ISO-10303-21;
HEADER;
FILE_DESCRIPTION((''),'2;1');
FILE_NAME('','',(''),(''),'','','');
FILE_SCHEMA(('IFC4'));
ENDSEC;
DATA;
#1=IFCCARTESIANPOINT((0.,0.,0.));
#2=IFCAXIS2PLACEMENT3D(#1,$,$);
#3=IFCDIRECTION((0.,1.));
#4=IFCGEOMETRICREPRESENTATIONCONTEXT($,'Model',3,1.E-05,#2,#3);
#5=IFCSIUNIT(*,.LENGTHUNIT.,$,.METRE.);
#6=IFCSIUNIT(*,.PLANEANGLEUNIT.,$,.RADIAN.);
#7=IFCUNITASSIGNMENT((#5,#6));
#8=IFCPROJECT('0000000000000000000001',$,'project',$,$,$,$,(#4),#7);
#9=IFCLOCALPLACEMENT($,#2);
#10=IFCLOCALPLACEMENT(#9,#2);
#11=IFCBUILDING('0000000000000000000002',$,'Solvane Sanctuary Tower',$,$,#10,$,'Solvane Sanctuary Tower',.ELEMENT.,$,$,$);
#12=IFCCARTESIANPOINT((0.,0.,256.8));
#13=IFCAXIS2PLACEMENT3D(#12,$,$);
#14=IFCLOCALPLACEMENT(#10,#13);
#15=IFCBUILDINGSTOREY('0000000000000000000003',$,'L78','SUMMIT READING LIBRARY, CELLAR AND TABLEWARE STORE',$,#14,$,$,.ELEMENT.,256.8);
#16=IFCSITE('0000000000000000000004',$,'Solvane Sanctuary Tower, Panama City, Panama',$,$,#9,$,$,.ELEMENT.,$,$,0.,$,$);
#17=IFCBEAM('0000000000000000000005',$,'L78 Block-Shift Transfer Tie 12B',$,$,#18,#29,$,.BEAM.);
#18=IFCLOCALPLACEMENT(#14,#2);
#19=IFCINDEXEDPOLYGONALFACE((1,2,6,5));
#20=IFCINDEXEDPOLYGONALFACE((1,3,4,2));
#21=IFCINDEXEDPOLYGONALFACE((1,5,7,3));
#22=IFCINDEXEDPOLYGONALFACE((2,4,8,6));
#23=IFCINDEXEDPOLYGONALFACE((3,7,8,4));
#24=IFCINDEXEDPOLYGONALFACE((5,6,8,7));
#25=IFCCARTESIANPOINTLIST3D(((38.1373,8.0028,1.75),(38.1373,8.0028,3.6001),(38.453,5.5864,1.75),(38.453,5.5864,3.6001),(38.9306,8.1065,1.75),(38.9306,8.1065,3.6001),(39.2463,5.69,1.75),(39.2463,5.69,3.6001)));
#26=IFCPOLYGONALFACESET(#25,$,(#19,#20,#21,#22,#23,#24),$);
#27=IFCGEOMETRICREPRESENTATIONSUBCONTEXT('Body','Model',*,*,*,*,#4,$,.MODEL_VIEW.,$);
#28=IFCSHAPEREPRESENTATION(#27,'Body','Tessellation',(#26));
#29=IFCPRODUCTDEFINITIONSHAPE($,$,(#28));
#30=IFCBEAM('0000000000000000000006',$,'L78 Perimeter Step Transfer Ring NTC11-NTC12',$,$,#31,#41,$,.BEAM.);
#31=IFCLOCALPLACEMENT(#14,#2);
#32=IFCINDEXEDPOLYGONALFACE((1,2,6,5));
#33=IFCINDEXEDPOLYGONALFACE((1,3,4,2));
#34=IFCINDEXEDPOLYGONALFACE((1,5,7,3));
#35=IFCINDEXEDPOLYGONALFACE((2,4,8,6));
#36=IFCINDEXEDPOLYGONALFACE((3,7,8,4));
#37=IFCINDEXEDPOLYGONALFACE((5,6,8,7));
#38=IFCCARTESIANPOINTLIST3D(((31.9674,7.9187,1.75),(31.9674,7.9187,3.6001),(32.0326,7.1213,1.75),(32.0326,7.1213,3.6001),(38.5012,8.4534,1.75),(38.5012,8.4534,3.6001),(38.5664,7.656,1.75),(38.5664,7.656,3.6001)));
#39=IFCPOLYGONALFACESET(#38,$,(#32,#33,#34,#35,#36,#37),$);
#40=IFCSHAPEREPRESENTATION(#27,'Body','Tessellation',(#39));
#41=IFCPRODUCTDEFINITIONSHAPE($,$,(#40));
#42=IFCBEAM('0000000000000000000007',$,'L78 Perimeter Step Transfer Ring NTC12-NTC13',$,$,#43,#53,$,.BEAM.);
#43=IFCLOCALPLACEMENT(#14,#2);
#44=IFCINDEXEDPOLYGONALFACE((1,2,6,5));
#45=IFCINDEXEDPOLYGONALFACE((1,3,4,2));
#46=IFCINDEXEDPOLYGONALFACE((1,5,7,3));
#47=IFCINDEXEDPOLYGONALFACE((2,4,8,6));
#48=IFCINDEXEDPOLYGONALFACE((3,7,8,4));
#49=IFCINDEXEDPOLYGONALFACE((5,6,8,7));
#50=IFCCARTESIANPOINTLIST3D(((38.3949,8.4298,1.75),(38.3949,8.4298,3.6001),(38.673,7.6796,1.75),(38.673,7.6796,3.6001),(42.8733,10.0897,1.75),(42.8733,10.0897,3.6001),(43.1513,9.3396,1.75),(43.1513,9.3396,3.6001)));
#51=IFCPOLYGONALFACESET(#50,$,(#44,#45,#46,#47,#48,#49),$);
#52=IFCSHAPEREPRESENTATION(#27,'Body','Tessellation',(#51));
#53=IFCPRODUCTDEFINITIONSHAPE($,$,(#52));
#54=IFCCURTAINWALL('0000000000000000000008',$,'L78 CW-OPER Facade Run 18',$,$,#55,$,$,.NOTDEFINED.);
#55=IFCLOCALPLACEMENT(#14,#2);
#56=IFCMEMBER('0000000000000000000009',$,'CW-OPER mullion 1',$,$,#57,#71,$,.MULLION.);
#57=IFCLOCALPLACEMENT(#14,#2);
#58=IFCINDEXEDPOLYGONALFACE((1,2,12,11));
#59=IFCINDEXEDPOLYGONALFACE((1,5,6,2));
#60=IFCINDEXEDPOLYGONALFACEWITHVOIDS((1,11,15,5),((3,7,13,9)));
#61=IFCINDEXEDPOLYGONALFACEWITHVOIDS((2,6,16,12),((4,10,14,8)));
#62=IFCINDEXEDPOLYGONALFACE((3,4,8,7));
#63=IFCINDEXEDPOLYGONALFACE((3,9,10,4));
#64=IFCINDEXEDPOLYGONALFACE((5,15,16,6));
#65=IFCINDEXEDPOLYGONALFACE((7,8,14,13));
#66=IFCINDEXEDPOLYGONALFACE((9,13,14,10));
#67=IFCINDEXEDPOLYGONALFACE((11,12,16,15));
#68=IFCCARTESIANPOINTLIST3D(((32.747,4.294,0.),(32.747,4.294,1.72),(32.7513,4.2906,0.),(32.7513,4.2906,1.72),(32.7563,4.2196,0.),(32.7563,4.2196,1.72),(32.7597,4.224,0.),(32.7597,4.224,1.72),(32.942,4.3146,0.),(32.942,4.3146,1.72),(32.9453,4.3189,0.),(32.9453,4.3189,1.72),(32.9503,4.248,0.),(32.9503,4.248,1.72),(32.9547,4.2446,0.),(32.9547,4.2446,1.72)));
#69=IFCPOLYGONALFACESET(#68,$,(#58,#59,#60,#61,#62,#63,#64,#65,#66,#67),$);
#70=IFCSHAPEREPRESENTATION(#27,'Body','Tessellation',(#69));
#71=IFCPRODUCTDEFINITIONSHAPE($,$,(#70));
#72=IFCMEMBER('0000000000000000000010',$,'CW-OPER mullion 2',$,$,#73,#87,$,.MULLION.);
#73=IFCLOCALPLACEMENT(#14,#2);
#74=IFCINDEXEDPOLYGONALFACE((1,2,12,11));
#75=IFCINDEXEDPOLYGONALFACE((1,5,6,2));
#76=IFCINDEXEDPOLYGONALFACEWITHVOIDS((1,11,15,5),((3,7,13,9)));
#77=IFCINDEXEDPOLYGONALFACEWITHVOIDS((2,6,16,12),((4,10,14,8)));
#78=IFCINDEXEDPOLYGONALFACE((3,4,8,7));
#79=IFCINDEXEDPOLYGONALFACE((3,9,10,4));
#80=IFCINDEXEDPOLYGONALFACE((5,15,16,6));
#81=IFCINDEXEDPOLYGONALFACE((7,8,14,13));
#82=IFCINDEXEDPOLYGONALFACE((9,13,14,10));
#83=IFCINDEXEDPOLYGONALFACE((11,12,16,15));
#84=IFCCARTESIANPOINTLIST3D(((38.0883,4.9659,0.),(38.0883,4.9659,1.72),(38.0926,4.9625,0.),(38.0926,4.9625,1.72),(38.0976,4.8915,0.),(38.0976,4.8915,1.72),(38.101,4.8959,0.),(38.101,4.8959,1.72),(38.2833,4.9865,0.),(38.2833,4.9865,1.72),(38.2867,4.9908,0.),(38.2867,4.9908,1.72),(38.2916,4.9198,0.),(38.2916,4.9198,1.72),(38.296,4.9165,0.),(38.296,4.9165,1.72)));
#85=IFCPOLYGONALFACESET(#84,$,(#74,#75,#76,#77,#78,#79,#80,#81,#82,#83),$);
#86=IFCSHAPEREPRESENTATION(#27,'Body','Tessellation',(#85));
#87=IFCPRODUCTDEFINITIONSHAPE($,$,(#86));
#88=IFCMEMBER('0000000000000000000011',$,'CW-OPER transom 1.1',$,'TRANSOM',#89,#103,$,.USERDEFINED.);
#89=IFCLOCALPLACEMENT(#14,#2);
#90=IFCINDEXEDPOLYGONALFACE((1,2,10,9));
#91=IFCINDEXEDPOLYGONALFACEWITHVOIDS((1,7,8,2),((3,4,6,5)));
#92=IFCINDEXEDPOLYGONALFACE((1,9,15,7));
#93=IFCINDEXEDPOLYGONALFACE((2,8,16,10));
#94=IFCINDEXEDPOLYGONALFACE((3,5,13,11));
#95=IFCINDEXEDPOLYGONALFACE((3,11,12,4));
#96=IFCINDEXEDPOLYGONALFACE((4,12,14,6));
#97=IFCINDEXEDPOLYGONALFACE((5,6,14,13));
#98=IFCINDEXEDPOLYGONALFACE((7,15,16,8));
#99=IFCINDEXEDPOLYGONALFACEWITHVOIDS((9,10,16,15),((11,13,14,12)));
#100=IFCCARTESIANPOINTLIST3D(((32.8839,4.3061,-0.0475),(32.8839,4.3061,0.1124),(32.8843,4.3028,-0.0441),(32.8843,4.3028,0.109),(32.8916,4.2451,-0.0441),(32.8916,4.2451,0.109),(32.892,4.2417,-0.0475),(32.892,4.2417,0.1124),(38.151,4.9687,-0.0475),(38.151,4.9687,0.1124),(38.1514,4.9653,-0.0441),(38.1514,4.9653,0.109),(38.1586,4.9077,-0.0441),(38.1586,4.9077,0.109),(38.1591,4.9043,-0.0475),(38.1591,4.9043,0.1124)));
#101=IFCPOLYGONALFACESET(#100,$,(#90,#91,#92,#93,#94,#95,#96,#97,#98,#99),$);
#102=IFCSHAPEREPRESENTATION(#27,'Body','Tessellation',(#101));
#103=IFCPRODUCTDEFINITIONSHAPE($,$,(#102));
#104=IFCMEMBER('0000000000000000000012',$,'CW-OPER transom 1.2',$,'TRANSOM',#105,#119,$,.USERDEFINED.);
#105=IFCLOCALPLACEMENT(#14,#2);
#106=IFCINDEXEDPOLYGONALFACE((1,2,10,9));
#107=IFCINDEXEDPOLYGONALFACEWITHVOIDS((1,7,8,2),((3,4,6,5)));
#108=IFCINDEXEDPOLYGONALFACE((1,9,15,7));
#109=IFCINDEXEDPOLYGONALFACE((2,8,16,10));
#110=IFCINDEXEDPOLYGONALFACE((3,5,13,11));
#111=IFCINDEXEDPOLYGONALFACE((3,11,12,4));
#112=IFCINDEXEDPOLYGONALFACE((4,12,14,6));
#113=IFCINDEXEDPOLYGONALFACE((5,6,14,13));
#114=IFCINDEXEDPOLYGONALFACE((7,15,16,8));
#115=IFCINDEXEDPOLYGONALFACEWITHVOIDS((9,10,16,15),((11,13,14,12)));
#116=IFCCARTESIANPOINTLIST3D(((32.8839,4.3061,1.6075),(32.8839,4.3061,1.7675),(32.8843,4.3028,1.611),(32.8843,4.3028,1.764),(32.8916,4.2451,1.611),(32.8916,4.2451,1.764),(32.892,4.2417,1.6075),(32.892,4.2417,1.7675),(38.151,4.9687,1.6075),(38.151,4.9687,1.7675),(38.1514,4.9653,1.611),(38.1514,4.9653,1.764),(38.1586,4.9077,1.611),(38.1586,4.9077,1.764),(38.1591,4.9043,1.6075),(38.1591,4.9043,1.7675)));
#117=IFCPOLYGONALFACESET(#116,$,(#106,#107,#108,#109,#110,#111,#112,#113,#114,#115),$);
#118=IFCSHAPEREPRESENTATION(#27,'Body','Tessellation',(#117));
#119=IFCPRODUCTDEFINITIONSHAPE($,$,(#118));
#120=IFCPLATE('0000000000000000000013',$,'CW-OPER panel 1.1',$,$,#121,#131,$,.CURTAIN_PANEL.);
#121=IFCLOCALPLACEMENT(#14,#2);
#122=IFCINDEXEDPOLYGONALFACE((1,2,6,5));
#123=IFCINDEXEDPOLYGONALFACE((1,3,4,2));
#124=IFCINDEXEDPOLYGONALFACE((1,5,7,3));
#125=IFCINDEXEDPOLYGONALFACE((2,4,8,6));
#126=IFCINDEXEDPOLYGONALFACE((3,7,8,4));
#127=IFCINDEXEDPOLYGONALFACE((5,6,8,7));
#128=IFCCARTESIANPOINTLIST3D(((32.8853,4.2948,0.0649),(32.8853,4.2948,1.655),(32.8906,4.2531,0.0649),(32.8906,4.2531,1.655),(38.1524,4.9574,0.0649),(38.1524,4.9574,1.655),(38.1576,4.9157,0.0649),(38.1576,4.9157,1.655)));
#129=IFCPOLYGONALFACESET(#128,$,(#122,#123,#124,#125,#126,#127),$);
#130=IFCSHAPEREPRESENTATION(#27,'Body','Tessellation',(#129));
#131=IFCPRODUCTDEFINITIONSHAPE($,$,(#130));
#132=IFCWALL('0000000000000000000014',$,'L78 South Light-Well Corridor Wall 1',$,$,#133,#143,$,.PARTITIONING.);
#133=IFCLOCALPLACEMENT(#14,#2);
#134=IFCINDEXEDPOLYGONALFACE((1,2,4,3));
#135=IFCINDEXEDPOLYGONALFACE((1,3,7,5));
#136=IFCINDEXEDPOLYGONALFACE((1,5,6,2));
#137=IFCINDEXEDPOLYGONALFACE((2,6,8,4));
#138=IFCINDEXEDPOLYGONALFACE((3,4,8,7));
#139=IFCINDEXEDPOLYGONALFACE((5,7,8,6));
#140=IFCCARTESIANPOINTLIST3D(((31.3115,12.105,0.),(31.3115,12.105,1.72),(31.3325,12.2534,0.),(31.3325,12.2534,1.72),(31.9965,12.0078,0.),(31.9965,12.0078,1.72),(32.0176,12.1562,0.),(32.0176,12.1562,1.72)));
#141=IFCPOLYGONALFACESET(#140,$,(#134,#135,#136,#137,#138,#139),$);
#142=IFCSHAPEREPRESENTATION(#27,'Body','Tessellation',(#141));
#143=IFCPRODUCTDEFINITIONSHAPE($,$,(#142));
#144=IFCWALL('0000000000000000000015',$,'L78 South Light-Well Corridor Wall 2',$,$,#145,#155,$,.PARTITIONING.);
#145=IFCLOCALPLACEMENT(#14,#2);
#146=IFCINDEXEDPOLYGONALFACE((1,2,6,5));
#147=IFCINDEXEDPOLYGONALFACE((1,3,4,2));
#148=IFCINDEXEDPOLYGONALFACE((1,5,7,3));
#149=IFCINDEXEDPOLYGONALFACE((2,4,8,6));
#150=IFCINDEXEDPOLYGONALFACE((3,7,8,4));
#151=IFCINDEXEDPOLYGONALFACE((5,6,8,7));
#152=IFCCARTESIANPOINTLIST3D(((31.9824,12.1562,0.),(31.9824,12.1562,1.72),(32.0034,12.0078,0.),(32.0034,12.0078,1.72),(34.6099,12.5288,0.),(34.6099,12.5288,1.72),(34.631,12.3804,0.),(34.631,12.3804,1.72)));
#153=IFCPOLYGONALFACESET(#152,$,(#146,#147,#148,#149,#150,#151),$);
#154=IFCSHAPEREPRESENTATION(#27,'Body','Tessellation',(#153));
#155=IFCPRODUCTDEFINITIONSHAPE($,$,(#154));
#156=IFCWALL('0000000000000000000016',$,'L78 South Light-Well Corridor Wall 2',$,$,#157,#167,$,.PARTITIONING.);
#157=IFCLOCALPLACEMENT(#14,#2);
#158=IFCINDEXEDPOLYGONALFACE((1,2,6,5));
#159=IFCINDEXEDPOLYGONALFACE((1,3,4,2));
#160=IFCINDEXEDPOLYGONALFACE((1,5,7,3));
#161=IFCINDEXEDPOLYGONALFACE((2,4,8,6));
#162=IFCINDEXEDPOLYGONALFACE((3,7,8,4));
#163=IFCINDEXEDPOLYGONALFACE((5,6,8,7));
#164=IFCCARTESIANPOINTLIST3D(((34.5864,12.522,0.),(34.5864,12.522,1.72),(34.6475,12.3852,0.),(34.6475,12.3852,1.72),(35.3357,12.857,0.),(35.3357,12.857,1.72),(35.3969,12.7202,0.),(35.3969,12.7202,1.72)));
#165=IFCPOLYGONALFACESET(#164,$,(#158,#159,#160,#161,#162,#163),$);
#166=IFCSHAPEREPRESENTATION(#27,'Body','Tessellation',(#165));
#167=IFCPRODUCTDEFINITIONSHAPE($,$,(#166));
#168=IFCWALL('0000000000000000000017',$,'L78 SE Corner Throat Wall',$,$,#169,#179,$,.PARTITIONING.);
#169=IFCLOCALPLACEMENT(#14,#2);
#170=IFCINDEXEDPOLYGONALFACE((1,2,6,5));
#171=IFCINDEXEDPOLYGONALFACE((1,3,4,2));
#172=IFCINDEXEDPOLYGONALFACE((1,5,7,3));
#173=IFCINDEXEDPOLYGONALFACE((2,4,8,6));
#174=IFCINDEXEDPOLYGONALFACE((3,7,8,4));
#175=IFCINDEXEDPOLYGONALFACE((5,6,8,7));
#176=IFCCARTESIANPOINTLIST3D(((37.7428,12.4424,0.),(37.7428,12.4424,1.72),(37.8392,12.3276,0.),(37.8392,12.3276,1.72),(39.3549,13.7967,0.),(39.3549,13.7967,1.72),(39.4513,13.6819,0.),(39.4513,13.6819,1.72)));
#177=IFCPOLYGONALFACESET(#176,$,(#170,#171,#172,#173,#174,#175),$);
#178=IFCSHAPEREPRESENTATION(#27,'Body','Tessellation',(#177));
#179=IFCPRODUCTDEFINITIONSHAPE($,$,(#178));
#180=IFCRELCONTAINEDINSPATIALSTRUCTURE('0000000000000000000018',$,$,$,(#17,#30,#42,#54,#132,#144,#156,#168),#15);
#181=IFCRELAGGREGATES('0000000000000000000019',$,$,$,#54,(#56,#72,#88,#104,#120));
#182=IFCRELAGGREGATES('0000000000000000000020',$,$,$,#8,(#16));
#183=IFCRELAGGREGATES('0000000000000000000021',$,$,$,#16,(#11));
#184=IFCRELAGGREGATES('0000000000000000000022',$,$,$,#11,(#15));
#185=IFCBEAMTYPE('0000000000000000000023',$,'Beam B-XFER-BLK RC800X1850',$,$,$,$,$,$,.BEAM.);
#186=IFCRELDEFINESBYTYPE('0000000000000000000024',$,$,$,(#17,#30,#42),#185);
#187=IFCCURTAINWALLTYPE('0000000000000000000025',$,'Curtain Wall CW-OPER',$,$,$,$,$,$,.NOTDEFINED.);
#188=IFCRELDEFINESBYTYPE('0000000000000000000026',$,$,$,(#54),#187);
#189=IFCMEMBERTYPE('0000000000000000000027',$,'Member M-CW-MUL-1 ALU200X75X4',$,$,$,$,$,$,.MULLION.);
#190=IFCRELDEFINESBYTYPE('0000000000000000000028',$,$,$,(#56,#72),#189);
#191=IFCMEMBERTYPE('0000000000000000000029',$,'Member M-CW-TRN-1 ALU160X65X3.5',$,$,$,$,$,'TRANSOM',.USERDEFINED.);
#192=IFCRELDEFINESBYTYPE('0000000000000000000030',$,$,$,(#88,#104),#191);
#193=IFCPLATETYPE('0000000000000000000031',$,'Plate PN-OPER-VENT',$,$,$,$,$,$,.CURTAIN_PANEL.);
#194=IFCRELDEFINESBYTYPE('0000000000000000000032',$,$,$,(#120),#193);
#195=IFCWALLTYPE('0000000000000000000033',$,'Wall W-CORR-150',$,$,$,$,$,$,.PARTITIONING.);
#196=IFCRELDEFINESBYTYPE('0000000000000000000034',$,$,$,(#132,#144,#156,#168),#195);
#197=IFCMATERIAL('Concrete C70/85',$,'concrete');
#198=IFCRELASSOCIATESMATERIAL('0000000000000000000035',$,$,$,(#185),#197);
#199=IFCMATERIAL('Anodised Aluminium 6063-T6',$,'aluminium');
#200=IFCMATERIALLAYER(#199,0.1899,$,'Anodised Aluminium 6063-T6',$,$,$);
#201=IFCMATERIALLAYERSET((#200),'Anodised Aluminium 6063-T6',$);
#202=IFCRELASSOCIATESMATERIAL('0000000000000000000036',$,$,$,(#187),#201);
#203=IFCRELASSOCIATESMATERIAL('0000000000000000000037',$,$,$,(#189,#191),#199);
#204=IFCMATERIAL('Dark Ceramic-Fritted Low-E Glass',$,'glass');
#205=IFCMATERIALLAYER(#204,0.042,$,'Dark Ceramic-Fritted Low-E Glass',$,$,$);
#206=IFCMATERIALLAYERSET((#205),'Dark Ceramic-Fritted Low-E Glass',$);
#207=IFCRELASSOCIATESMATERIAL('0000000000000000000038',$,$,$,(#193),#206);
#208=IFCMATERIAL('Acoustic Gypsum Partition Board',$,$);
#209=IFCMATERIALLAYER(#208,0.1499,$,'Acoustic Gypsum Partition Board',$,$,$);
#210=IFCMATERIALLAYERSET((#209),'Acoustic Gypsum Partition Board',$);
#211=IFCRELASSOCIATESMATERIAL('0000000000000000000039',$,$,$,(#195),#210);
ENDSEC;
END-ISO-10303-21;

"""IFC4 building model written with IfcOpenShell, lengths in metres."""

from ifc_helpers import new_model, si_unit, direction, frame, frame_2d, origin, origin_2d, place, context, subcontext, project, spatial, rectangle, hollow_rectangle, extrude, material, layer, layer_set, material_profile, profile_set, type_object, element, aggregate, save


model = new_model("IFC4")

# Units and contexts
model_context = context("Model", 3, precision=1e-05, world=origin(), true_north=direction((0.0, 1.0)))
body_context = subcontext(model_context, "Body", "Model", "MODEL_VIEW")
ifc_project = project(units=[si_unit("LENGTHUNIT", "METRE"), si_unit("PLANEANGLEUNIT", "RADIAN")], contexts=[model_context])

# Site, building, storey
site_placement = place(None, origin())
site = spatial("IfcSite", under=ifc_project, at=site_placement, Name="Solvane Sanctuary Tower, Panama City, Panama", CompositionType="ELEMENT", RefElevation=0.0)
building_placement = place(site_placement, origin())
building = spatial("IfcBuilding", under=site, at=building_placement, Name="Solvane Sanctuary Tower", LongName="Solvane Sanctuary Tower", CompositionType="ELEMENT")
storey_placement = place(building_placement, frame((0.0, 0.0, 256.8)))
storey = spatial("IfcBuildingStorey", under=building, at=storey_placement, Name="L78", Description="SUMMIT READING LIBRARY, CELLAR AND TABLEWARE STORE", CompositionType="ELEMENT", Elevation=256.8)

# Beams
ifc_material_1 = material(Name="Concrete C70/85", Category="concrete")
ifc_material_profile_1 = material_profile(ifc_material_1, rectangle(XDim=0.8, YDim=1.8501, at=origin_2d()), Name="RC800X1850")
ifc_profile_set_1 = profile_set([ifc_material_profile_1], Name="Concrete C70/85")
beam_type_1 = type_object("IfcBeamType", Name="Beam B-XFER-BLK RC800X1850", PredefinedType="BEAM", material=ifc_profile_set_1)
beam_1_placement = place(storey_placement, frame((38.8496, 5.6382, 2.675), z_axis=(-0.129532, 0.991575, 0.0), x_axis=(-0.991575, -0.129532, 0.0)))
element("IfcBeam", 1, at=beam_1_placement, inside=storey, type_object=beam_type_1, Name="L78 Block-Shift Transfer Tie 12B", PredefinedType="BEAM", context=body_context, shape_type="SweptSolid", body=[
    extrude(rectangle(XDim=0.8, YDim=1.8501, at=origin_2d()), origin(), (0.0, 0.0, 1.0), 2.437),
])
beam_2_placement = place(storey_placement, frame((32.0, 7.52, 2.675), z_axis=(0.996669, 0.081557, 0.0), x_axis=(-0.081557, 0.996669, 0.0)))
element("IfcBeam", 2, at=beam_2_placement, inside=storey, type_object=beam_type_1, Name="L78 Perimeter Step Transfer Ring NTC11-NTC12", PredefinedType="BEAM", context=body_context, shape_type="SweptSolid", body=[
    extrude(rectangle(XDim=0.8, YDim=1.8501, at=origin_2d()), origin(), (0.0, 0.0, 1.0), 6.5557),
])
beam_3_placement = place(storey_placement, frame((38.5339, 8.0547, 2.675), z_axis=(0.937661, 0.347552, 0.0), x_axis=(-0.347552, 0.937661, 0.0)))
element("IfcBeam", 3, at=beam_3_placement, inside=storey, type_object=beam_type_1, Name="L78 Perimeter Step Transfer Ring NTC12-NTC13", PredefinedType="BEAM", context=body_context, shape_type="SweptSolid", body=[
    extrude(rectangle(XDim=0.8, YDim=1.8501, at=origin_2d()), origin(), (0.0, 0.0, 1.0), 4.7761),
])

# Curtain wall, members, plate
ifc_material_2 = material(Name="Anodised Aluminium 6063-T6", Category="aluminium")
ifc_layer_1 = layer(ifc_material_2, 0.1899, Name="Anodised Aluminium 6063-T6")
ifc_layer_set_1 = layer_set([ifc_layer_1], Name="Anodised Aluminium 6063-T6")
curtain_wall_type = type_object("IfcCurtainWallType", Name="Curtain Wall CW-OPER", PredefinedType="NOTDEFINED", material=ifc_layer_set_1)
curtain_wall_placement = place(storey_placement, origin())
curtain_wall = element("IfcCurtainWall", 4, at=curtain_wall_placement, inside=storey, type_object=curtain_wall_type, Name="L78 CW-OPER Facade Run 18", PredefinedType="NOTDEFINED")
ifc_material_profile_2 = material_profile(ifc_material_2, hollow_rectangle(XDim=0.075, YDim=0.2, WallThickness=0.0039, at=origin_2d()), Name="ALU200X75X4")
ifc_profile_set_2 = profile_set([ifc_material_profile_2], Name="Anodised Aluminium 6063-T6")
member_type_1 = type_object("IfcMemberType", Name="Member M-CW-MUL-1 ALU200X75X4", PredefinedType="MULLION", material=ifc_profile_set_2)
member_1_placement = place(storey_placement, frame((32.8508, 4.2693, 0.0), z_axis=(0.0, 0.0, 1.0), x_axis=(-0.124815, 0.99218, 0.0)))
member_1 = element("IfcMember", 5, at=member_1_placement, type_object=member_type_1, Name="CW-OPER mullion 1", PredefinedType="MULLION", context=body_context, shape_type="SweptSolid", body=[
    extrude(hollow_rectangle(XDim=0.075, YDim=0.2, WallThickness=0.0039, at=origin_2d()), origin(), (0.0, 0.0, 1.0), 1.72),
])
member_2_placement = place(storey_placement, frame((38.1921, 4.9412, 0.0), z_axis=(0.0, 0.0, 1.0), x_axis=(-0.124815, 0.99218, 0.0)))
member_2 = element("IfcMember", 6, at=member_2_placement, type_object=member_type_1, Name="CW-OPER mullion 2", PredefinedType="MULLION", context=body_context, shape_type="SweptSolid", body=[
    extrude(hollow_rectangle(XDim=0.075, YDim=0.2, WallThickness=0.0039, at=origin_2d()), origin(), (0.0, 0.0, 1.0), 1.72),
])
ifc_material_profile_3 = material_profile(ifc_material_2, hollow_rectangle(XDim=0.0649, YDim=0.1599, WallThickness=0.0034, at=origin_2d()), Name="ALU160X65X3.5")
ifc_profile_set_3 = profile_set([ifc_material_profile_3], Name="Anodised Aluminium 6063-T6")
member_type_2 = type_object("IfcMemberType", Name="Member M-CW-TRN-1 ALU160X65X3.5", ElementType="TRANSOM", PredefinedType="USERDEFINED", material=ifc_profile_set_3)
member_3_placement = place(storey_placement, frame((32.8879, 4.2739, 0.0325), z_axis=(0.99218, 0.124816, 0.0), x_axis=(-0.124816, 0.99218, 0.0)))
member_3 = element("IfcMember", 7, at=member_3_placement, type_object=member_type_2, Name="CW-OPER transom 1.1", ObjectType="TRANSOM", PredefinedType="USERDEFINED", context=body_context, shape_type="SweptSolid", body=[
    extrude(hollow_rectangle(XDim=0.0649, YDim=0.1599, WallThickness=0.0034, at=origin_2d()), origin(), (0.0, 0.0, 1.0), 5.3086),
])
member_4_placement = place(storey_placement, frame((32.8879, 4.2739, 1.6875), z_axis=(0.99218, 0.124816, 0.0), x_axis=(-0.124816, 0.99218, 0.0)))
member_4 = element("IfcMember", 8, at=member_4_placement, type_object=member_type_2, Name="CW-OPER transom 1.2", ObjectType="TRANSOM", PredefinedType="USERDEFINED", context=body_context, shape_type="SweptSolid", body=[
    extrude(hollow_rectangle(XDim=0.0649, YDim=0.1599, WallThickness=0.0034, at=origin_2d()), origin(), (0.0, 0.0, 1.0), 5.3086),
])
ifc_material_3 = material(Name="Dark Ceramic-Fritted Low-E Glass", Category="glass")
ifc_layer_2 = layer(ifc_material_3, 0.042, Name="Dark Ceramic-Fritted Low-E Glass")
ifc_layer_set_2 = layer_set([ifc_layer_2], Name="Dark Ceramic-Fritted Low-E Glass")
plate_type = type_object("IfcPlateType", Name="Plate PN-OPER-VENT", PredefinedType="CURTAIN_PANEL", material=ifc_layer_set_2)
plate_placement = place(storey_placement, frame((35.5215, 4.6052, 0.0649), z_axis=(0.0, 0.0, 1.0), x_axis=(0.99218, 0.124815, 0.0)))
plate = element("IfcPlate", 9, at=plate_placement, type_object=plate_type, Name="CW-OPER panel 1.1", PredefinedType="CURTAIN_PANEL", context=body_context, shape_type="SweptSolid", body=[
    extrude(rectangle(XDim=5.3086, YDim=0.042, at=origin_2d()), origin(), (0.0, 0.0, 1.0), 1.5901),
])
aggregate(curtain_wall, [member_1, member_2, member_3, member_4, plate])

# Walls
ifc_material_4 = material(Name="Acoustic Gypsum Partition Board")
ifc_layer_3 = layer(ifc_material_4, 0.1499, Name="Acoustic Gypsum Partition Board")
ifc_layer_set_3 = layer_set([ifc_layer_3], Name="Acoustic Gypsum Partition Board")
wall_type_1 = type_object("IfcWallType", Name="Wall W-CORR-150", PredefinedType="PARTITIONING", material=ifc_layer_set_3)
wall_1_placement = place(storey_placement, frame((31.322, 12.1792, 0.0), z_axis=(0.0, 0.0, 1.0), x_axis=(0.99009, -0.140433, 0.0)))
element("IfcWall", 10, at=wall_1_placement, inside=storey, type_object=wall_type_1, Name="L78 South Light-Well Corridor Wall 1", PredefinedType="PARTITIONING", context=body_context, shape_type="SweptSolid", body=[
    extrude(rectangle(XDim=0.6919, YDim=0.1499, at=frame_2d((0.3459, 0.0))), origin(), (0.0, 0.0, 1.0), 1.72),
])
wall_2_placement = place(storey_placement, frame((31.9929, 12.082, 0.0), z_axis=(0.0, 0.0, 1.0), x_axis=(0.990096, 0.140391, 0.0)))
element("IfcWall", 11, at=wall_2_placement, inside=storey, type_object=wall_type_1, Name="L78 South Light-Well Corridor Wall 2", PredefinedType="PARTITIONING", context=body_context, shape_type="SweptSolid", body=[
    extrude(rectangle(XDim=2.6538, YDim=0.1499, at=frame_2d((1.3269, 0.0))), origin(), (0.0, 0.0, 1.0), 1.72),
])
wall_3_placement = place(storey_placement, frame((34.6169, 12.4536, 0.0), z_axis=(0.0, 0.0, 1.0), x_axis=(0.912926, 0.408125, 0.0)))
element("IfcWall", 12, at=wall_3_placement, inside=storey, type_object=wall_type_1, Name="L78 South Light-Well Corridor Wall 2", PredefinedType="PARTITIONING", context=body_context, shape_type="SweptSolid", body=[
    extrude(rectangle(XDim=0.8208, YDim=0.1499, at=frame_2d((0.4104, 0.0))), origin(), (0.0, 0.0, 1.0), 1.72),
])
wall_4_placement = place(storey_placement, frame((37.791, 12.385, 0.0), z_axis=(0.0, 0.0, 1.0), x_axis=(0.765677, 0.643225, 0.0)))
element("IfcWall", 13, at=wall_4_placement, inside=storey, type_object=wall_type_1, Name="L78 SE Corner Throat Wall", PredefinedType="PARTITIONING", context=body_context, shape_type="SweptSolid", body=[
    extrude(rectangle(XDim=2.1055, YDim=0.1499, at=frame_2d((1.0527, 0.0))), origin(), (0.0, 0.0, 1.0), 1.72),
])

save(model, "model.ifc")
